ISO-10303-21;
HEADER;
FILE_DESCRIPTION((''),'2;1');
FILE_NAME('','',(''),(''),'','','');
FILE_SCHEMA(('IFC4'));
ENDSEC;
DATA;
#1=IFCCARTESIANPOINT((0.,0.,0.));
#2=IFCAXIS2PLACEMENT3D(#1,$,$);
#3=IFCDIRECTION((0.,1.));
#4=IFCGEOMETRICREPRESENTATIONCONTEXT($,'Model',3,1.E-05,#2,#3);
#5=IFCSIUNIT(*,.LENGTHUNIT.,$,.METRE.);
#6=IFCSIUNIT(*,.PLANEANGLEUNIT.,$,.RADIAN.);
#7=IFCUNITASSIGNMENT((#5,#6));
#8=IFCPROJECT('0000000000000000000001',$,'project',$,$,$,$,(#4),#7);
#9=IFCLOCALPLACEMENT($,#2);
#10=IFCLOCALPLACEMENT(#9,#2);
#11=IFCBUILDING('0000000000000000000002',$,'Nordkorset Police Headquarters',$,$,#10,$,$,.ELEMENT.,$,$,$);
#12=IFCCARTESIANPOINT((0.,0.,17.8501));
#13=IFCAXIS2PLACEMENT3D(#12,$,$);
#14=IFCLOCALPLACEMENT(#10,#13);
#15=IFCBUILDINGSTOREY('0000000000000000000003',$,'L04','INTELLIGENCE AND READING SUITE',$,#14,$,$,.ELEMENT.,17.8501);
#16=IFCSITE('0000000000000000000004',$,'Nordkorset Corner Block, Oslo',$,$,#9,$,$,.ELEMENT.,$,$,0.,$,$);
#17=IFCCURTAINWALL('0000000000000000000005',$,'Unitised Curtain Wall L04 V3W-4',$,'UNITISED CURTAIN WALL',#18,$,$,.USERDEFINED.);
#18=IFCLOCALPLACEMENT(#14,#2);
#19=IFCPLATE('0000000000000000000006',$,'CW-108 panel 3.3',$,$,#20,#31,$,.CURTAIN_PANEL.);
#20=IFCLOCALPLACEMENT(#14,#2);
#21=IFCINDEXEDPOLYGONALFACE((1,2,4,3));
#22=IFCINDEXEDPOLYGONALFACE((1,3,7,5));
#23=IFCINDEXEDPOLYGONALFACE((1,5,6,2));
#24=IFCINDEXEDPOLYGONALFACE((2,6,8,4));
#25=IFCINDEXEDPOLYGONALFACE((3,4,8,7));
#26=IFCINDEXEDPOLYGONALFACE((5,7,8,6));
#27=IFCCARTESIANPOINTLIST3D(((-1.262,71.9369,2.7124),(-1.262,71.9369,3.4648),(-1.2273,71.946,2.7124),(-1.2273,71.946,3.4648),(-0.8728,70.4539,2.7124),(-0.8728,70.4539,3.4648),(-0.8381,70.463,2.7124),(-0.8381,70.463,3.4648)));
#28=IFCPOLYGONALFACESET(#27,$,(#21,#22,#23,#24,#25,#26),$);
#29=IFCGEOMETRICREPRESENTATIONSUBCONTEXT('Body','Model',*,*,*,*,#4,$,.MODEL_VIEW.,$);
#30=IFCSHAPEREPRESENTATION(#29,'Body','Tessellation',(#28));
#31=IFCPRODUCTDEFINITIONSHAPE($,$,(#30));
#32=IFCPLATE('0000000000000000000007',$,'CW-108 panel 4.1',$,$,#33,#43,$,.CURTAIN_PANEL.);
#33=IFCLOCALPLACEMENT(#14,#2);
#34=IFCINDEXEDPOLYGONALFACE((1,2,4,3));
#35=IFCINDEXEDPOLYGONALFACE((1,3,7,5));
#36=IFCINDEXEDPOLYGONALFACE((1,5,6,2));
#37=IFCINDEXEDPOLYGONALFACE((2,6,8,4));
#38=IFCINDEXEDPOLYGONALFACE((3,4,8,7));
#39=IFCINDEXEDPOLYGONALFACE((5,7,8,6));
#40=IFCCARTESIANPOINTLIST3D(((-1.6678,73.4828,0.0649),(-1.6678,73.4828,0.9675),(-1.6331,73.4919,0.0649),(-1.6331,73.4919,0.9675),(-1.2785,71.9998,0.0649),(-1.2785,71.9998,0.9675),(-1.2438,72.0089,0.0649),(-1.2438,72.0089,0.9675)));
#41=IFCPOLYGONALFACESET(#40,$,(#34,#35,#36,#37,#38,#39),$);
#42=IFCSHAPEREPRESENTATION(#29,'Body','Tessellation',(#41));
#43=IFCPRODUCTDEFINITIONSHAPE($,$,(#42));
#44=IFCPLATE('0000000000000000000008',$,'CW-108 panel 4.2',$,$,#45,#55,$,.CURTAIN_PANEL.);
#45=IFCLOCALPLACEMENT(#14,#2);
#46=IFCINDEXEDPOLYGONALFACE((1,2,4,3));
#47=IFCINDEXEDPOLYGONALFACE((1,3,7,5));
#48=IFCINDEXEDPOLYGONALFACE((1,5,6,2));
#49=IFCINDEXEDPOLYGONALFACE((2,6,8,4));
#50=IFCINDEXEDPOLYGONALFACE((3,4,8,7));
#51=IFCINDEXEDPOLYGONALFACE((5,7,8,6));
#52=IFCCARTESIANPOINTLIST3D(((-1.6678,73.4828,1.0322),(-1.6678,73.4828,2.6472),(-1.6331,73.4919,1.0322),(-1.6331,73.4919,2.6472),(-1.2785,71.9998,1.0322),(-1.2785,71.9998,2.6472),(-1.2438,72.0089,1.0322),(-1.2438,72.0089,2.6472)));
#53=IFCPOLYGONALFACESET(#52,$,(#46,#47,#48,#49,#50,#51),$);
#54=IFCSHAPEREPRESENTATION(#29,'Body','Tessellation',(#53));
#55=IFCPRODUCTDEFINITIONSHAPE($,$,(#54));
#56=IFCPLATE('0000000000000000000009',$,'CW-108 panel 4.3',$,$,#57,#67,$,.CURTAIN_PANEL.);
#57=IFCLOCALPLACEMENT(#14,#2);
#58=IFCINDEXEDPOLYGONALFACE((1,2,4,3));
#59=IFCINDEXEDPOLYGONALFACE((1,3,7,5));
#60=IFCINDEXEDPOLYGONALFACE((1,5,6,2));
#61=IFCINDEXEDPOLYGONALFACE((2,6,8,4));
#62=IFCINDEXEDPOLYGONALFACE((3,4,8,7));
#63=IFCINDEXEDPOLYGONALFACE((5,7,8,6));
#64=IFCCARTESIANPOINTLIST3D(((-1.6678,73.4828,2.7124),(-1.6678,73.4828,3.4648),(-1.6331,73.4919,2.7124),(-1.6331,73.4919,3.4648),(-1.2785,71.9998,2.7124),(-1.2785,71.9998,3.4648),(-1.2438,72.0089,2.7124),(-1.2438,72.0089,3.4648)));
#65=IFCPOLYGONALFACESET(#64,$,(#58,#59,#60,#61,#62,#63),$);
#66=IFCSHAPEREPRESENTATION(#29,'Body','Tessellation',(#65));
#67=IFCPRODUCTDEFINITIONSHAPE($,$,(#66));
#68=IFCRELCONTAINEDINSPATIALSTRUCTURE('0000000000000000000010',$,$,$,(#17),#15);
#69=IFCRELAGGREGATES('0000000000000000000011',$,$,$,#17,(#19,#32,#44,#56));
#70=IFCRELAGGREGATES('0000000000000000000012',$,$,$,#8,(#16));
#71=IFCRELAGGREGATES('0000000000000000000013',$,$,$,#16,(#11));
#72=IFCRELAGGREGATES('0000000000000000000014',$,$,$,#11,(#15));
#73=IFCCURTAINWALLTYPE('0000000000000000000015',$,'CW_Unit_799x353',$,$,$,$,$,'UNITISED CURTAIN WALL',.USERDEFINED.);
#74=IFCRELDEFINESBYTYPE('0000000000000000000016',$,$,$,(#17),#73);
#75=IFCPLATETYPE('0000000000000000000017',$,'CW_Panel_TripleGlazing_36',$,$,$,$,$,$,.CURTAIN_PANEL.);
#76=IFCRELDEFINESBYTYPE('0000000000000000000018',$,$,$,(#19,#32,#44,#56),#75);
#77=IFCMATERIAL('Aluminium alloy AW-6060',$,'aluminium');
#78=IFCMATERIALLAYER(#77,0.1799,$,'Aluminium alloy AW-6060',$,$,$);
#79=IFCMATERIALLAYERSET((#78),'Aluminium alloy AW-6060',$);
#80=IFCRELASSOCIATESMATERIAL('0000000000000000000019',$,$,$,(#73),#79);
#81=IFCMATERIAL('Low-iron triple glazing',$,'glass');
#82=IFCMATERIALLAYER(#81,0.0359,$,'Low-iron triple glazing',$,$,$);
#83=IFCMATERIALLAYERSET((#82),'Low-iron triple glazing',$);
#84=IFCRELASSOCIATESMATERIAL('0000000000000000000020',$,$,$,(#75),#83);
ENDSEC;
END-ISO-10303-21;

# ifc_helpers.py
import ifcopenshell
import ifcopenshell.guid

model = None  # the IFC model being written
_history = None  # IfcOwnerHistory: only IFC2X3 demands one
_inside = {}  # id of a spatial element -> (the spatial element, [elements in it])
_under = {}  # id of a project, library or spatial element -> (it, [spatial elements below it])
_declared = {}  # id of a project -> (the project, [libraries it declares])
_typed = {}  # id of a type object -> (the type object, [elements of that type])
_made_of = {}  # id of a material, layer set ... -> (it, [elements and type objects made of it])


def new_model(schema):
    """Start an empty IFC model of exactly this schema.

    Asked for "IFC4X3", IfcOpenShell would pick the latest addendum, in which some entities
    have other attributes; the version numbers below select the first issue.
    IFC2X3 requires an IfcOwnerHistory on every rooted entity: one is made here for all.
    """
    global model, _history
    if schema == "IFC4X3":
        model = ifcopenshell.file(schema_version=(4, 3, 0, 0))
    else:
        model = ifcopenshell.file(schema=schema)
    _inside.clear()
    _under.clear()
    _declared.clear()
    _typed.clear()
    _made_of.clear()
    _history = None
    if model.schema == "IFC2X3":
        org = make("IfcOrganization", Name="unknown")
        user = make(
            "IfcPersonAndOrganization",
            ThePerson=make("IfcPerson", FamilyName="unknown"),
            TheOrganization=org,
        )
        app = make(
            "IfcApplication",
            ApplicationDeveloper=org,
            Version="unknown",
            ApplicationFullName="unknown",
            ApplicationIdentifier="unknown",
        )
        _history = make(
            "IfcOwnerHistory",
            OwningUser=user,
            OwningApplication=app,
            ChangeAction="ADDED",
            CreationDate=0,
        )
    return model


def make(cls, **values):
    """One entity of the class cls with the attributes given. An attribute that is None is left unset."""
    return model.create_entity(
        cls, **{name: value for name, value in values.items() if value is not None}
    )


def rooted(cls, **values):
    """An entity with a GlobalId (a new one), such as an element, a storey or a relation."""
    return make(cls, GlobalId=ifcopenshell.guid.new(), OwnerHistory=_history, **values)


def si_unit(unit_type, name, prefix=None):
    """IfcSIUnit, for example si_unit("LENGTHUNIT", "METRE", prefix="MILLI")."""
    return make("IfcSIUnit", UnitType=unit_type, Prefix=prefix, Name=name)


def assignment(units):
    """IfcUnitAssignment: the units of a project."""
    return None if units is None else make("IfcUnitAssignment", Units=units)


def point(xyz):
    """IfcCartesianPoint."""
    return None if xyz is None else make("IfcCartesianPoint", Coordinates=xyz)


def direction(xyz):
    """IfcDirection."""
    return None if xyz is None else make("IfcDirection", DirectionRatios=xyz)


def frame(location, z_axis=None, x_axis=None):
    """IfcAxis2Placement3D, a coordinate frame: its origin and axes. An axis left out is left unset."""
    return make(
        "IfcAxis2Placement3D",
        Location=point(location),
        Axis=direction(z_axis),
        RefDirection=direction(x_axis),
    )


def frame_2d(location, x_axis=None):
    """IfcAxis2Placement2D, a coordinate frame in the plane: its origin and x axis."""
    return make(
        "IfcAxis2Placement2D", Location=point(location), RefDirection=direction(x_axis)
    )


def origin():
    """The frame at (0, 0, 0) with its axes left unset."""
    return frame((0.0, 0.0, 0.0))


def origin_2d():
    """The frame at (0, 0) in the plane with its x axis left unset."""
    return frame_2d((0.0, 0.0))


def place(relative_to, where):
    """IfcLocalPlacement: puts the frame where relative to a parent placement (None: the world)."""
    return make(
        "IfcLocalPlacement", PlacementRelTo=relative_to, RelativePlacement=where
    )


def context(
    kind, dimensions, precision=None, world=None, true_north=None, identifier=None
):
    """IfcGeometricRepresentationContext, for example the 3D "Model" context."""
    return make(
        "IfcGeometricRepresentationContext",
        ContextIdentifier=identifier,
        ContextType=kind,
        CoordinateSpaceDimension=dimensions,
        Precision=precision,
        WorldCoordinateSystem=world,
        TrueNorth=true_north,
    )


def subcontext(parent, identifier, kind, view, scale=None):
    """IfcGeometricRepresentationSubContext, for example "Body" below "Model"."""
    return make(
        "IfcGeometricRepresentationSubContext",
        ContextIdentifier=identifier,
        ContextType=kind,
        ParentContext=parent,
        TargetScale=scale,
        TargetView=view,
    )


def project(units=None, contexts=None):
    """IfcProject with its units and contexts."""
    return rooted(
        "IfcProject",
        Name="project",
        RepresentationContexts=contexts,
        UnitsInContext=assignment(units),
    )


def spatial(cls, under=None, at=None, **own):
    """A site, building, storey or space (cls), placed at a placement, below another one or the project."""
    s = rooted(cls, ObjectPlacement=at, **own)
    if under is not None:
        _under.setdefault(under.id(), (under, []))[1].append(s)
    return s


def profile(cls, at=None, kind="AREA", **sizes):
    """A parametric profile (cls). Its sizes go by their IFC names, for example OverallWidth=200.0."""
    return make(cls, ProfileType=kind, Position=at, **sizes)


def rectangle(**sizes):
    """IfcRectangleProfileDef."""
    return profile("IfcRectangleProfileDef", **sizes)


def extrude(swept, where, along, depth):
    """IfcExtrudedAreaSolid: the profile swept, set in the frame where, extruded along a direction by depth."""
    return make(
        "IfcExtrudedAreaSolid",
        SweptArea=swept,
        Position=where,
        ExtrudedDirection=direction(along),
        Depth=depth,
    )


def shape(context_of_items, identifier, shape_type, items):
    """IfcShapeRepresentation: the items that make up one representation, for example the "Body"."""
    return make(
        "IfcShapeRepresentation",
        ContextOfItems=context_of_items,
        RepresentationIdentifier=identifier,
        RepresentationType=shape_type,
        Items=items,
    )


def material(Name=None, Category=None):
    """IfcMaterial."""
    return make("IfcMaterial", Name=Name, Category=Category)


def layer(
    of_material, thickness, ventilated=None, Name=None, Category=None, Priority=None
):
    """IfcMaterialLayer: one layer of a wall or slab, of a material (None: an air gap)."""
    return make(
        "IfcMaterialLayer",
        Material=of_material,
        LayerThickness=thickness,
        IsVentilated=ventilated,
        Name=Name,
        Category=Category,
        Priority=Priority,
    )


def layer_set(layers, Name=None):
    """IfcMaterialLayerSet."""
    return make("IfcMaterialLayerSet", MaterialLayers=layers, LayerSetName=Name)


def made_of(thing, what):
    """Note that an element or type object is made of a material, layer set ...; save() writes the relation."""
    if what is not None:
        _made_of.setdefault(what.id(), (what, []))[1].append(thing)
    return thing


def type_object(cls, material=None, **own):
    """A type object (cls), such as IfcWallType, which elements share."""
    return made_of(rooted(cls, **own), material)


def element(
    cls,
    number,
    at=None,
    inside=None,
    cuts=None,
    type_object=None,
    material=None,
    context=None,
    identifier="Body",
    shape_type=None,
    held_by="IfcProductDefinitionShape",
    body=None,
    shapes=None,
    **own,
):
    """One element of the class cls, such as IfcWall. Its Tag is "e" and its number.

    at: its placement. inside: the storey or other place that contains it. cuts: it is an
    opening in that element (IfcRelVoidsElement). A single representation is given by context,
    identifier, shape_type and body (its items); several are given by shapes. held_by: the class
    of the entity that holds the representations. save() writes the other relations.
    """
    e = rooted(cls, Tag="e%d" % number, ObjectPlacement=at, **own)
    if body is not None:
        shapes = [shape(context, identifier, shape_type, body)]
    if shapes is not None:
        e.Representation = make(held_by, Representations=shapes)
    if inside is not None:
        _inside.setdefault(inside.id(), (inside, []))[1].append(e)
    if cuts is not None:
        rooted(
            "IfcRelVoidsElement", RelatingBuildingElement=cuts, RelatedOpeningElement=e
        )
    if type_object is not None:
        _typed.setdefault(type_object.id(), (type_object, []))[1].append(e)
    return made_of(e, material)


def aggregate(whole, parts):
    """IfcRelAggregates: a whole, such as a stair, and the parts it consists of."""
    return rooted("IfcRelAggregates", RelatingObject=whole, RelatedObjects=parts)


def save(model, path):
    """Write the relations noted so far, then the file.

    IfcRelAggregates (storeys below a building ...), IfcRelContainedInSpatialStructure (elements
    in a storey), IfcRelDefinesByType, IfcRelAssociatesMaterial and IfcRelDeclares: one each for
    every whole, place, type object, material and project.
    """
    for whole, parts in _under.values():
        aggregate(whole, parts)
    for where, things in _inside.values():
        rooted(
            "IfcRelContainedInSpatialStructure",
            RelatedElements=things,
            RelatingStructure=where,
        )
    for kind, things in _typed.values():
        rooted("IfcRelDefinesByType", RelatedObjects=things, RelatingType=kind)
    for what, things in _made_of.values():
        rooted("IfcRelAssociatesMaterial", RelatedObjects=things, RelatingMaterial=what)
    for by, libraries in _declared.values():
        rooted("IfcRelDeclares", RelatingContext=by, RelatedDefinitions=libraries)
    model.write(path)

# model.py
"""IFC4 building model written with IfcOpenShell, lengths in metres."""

from ifc_helpers import new_model, si_unit, direction, frame, origin, origin_2d, place, context, subcontext, project, spatial, rectangle, extrude, material, layer, layer_set, type_object, element, aggregate, save


model = new_model("IFC4")

# Units and contexts
model_context = context("Model", 3, precision=1e-05, world=origin(), true_north=direction((0.0, 1.0)))
body_context = subcontext(model_context, "Body", "Model", "MODEL_VIEW")
ifc_project = project(units=[si_unit("LENGTHUNIT", "METRE"), si_unit("PLANEANGLEUNIT", "RADIAN")], contexts=[model_context])

# Site, building, storey
site_placement = place(None, origin())
site = spatial("IfcSite", under=ifc_project, at=site_placement, Name="Nordkorset Corner Block, Oslo", CompositionType="ELEMENT", RefElevation=0.0)
building_placement = place(site_placement, origin())
building = spatial("IfcBuilding", under=site, at=building_placement, Name="Nordkorset Police Headquarters", CompositionType="ELEMENT")
storey_placement = place(building_placement, frame((0.0, 0.0, 17.8501)))
storey = spatial("IfcBuildingStorey", under=building, at=storey_placement, Name="L04", Description="INTELLIGENCE AND READING SUITE", CompositionType="ELEMENT", Elevation=17.8501)

# Curtain wall
ifc_material_1 = material(Name="Aluminium alloy AW-6060", Category="aluminium")
ifc_layer_1 = layer(ifc_material_1, 0.1799, Name="Aluminium alloy AW-6060")
ifc_layer_set_1 = layer_set([ifc_layer_1], Name="Aluminium alloy AW-6060")
curtain_wall_type = type_object("IfcCurtainWallType", Name="CW_Unit_799x353", ElementType="UNITISED CURTAIN WALL", PredefinedType="USERDEFINED", material=ifc_layer_set_1)
curtain_wall_placement = place(storey_placement, origin())
curtain_wall = element("IfcCurtainWall", 1, at=curtain_wall_placement, inside=storey, type_object=curtain_wall_type, Name="Unitised Curtain Wall L04 V3W-4", ObjectType="UNITISED CURTAIN WALL", PredefinedType="USERDEFINED")

# Plates
ifc_material_2 = material(Name="Low-iron triple glazing", Category="glass")
ifc_layer_2 = layer(ifc_material_2, 0.0359, Name="Low-iron triple glazing")
ifc_layer_set_2 = layer_set([ifc_layer_2], Name="Low-iron triple glazing")
plate_type = type_object("IfcPlateType", Name="CW_Panel_TripleGlazing_36", PredefinedType="CURTAIN_PANEL", material=ifc_layer_set_2)
plate_1_placement = place(storey_placement, frame((-1.05, 71.2, 2.7124), z_axis=(0.0, 0.0, 1.0), x_axis=(-0.253897, 0.967231, 0.0)))
plate_1 = element("IfcPlate", 2, at=plate_1_placement, type_object=plate_type, Name="CW-108 panel 3.3", PredefinedType="CURTAIN_PANEL", context=body_context, shape_type="SweptSolid", body=[
    extrude(rectangle(XDim=1.5332, YDim=0.0359, at=origin_2d()), origin(), (0.0, 0.0, 1.0), 0.7524),
])
plate_2_placement = place(storey_placement, frame((-1.4558, 72.7458, 0.0649), z_axis=(0.0, 0.0, 1.0), x_axis=(-0.253897, 0.967231, 0.0)))
plate_2 = element("IfcPlate", 3, at=plate_2_placement, type_object=plate_type, Name="CW-108 panel 4.1", PredefinedType="CURTAIN_PANEL", context=body_context, shape_type="SweptSolid", body=[
    extrude(rectangle(XDim=1.5332, YDim=0.0359, at=origin_2d()), origin(), (0.0, 0.0, 1.0), 0.9026),
])
plate_3_placement = place(storey_placement, frame((-1.4558, 72.7458, 1.0322), z_axis=(0.0, 0.0, 1.0), x_axis=(-0.253897, 0.967231, 0.0)))
plate_3 = element("IfcPlate", 4, at=plate_3_placement, type_object=plate_type, Name="CW-108 panel 4.2", PredefinedType="CURTAIN_PANEL", context=body_context, shape_type="SweptSolid", body=[
    extrude(rectangle(XDim=1.5332, YDim=0.0359, at=origin_2d()), origin(), (0.0, 0.0, 1.0), 1.615),
])
plate_4_placement = place(storey_placement, frame((-1.4558, 72.7458, 2.7124), z_axis=(0.0, 0.0, 1.0), x_axis=(-0.253897, 0.967231, 0.0)))
plate_4 = element("IfcPlate", 5, at=plate_4_placement, type_object=plate_type, Name="CW-108 panel 4.3", PredefinedType="CURTAIN_PANEL", context=body_context, shape_type="SweptSolid", body=[
    extrude(rectangle(XDim=1.5332, YDim=0.0359, at=origin_2d()), origin(), (0.0, 0.0, 1.0), 0.7524),
])
aggregate(curtain_wall, [plate_1, plate_2, plate_3, plate_4])

save(model, "model.ifc")
